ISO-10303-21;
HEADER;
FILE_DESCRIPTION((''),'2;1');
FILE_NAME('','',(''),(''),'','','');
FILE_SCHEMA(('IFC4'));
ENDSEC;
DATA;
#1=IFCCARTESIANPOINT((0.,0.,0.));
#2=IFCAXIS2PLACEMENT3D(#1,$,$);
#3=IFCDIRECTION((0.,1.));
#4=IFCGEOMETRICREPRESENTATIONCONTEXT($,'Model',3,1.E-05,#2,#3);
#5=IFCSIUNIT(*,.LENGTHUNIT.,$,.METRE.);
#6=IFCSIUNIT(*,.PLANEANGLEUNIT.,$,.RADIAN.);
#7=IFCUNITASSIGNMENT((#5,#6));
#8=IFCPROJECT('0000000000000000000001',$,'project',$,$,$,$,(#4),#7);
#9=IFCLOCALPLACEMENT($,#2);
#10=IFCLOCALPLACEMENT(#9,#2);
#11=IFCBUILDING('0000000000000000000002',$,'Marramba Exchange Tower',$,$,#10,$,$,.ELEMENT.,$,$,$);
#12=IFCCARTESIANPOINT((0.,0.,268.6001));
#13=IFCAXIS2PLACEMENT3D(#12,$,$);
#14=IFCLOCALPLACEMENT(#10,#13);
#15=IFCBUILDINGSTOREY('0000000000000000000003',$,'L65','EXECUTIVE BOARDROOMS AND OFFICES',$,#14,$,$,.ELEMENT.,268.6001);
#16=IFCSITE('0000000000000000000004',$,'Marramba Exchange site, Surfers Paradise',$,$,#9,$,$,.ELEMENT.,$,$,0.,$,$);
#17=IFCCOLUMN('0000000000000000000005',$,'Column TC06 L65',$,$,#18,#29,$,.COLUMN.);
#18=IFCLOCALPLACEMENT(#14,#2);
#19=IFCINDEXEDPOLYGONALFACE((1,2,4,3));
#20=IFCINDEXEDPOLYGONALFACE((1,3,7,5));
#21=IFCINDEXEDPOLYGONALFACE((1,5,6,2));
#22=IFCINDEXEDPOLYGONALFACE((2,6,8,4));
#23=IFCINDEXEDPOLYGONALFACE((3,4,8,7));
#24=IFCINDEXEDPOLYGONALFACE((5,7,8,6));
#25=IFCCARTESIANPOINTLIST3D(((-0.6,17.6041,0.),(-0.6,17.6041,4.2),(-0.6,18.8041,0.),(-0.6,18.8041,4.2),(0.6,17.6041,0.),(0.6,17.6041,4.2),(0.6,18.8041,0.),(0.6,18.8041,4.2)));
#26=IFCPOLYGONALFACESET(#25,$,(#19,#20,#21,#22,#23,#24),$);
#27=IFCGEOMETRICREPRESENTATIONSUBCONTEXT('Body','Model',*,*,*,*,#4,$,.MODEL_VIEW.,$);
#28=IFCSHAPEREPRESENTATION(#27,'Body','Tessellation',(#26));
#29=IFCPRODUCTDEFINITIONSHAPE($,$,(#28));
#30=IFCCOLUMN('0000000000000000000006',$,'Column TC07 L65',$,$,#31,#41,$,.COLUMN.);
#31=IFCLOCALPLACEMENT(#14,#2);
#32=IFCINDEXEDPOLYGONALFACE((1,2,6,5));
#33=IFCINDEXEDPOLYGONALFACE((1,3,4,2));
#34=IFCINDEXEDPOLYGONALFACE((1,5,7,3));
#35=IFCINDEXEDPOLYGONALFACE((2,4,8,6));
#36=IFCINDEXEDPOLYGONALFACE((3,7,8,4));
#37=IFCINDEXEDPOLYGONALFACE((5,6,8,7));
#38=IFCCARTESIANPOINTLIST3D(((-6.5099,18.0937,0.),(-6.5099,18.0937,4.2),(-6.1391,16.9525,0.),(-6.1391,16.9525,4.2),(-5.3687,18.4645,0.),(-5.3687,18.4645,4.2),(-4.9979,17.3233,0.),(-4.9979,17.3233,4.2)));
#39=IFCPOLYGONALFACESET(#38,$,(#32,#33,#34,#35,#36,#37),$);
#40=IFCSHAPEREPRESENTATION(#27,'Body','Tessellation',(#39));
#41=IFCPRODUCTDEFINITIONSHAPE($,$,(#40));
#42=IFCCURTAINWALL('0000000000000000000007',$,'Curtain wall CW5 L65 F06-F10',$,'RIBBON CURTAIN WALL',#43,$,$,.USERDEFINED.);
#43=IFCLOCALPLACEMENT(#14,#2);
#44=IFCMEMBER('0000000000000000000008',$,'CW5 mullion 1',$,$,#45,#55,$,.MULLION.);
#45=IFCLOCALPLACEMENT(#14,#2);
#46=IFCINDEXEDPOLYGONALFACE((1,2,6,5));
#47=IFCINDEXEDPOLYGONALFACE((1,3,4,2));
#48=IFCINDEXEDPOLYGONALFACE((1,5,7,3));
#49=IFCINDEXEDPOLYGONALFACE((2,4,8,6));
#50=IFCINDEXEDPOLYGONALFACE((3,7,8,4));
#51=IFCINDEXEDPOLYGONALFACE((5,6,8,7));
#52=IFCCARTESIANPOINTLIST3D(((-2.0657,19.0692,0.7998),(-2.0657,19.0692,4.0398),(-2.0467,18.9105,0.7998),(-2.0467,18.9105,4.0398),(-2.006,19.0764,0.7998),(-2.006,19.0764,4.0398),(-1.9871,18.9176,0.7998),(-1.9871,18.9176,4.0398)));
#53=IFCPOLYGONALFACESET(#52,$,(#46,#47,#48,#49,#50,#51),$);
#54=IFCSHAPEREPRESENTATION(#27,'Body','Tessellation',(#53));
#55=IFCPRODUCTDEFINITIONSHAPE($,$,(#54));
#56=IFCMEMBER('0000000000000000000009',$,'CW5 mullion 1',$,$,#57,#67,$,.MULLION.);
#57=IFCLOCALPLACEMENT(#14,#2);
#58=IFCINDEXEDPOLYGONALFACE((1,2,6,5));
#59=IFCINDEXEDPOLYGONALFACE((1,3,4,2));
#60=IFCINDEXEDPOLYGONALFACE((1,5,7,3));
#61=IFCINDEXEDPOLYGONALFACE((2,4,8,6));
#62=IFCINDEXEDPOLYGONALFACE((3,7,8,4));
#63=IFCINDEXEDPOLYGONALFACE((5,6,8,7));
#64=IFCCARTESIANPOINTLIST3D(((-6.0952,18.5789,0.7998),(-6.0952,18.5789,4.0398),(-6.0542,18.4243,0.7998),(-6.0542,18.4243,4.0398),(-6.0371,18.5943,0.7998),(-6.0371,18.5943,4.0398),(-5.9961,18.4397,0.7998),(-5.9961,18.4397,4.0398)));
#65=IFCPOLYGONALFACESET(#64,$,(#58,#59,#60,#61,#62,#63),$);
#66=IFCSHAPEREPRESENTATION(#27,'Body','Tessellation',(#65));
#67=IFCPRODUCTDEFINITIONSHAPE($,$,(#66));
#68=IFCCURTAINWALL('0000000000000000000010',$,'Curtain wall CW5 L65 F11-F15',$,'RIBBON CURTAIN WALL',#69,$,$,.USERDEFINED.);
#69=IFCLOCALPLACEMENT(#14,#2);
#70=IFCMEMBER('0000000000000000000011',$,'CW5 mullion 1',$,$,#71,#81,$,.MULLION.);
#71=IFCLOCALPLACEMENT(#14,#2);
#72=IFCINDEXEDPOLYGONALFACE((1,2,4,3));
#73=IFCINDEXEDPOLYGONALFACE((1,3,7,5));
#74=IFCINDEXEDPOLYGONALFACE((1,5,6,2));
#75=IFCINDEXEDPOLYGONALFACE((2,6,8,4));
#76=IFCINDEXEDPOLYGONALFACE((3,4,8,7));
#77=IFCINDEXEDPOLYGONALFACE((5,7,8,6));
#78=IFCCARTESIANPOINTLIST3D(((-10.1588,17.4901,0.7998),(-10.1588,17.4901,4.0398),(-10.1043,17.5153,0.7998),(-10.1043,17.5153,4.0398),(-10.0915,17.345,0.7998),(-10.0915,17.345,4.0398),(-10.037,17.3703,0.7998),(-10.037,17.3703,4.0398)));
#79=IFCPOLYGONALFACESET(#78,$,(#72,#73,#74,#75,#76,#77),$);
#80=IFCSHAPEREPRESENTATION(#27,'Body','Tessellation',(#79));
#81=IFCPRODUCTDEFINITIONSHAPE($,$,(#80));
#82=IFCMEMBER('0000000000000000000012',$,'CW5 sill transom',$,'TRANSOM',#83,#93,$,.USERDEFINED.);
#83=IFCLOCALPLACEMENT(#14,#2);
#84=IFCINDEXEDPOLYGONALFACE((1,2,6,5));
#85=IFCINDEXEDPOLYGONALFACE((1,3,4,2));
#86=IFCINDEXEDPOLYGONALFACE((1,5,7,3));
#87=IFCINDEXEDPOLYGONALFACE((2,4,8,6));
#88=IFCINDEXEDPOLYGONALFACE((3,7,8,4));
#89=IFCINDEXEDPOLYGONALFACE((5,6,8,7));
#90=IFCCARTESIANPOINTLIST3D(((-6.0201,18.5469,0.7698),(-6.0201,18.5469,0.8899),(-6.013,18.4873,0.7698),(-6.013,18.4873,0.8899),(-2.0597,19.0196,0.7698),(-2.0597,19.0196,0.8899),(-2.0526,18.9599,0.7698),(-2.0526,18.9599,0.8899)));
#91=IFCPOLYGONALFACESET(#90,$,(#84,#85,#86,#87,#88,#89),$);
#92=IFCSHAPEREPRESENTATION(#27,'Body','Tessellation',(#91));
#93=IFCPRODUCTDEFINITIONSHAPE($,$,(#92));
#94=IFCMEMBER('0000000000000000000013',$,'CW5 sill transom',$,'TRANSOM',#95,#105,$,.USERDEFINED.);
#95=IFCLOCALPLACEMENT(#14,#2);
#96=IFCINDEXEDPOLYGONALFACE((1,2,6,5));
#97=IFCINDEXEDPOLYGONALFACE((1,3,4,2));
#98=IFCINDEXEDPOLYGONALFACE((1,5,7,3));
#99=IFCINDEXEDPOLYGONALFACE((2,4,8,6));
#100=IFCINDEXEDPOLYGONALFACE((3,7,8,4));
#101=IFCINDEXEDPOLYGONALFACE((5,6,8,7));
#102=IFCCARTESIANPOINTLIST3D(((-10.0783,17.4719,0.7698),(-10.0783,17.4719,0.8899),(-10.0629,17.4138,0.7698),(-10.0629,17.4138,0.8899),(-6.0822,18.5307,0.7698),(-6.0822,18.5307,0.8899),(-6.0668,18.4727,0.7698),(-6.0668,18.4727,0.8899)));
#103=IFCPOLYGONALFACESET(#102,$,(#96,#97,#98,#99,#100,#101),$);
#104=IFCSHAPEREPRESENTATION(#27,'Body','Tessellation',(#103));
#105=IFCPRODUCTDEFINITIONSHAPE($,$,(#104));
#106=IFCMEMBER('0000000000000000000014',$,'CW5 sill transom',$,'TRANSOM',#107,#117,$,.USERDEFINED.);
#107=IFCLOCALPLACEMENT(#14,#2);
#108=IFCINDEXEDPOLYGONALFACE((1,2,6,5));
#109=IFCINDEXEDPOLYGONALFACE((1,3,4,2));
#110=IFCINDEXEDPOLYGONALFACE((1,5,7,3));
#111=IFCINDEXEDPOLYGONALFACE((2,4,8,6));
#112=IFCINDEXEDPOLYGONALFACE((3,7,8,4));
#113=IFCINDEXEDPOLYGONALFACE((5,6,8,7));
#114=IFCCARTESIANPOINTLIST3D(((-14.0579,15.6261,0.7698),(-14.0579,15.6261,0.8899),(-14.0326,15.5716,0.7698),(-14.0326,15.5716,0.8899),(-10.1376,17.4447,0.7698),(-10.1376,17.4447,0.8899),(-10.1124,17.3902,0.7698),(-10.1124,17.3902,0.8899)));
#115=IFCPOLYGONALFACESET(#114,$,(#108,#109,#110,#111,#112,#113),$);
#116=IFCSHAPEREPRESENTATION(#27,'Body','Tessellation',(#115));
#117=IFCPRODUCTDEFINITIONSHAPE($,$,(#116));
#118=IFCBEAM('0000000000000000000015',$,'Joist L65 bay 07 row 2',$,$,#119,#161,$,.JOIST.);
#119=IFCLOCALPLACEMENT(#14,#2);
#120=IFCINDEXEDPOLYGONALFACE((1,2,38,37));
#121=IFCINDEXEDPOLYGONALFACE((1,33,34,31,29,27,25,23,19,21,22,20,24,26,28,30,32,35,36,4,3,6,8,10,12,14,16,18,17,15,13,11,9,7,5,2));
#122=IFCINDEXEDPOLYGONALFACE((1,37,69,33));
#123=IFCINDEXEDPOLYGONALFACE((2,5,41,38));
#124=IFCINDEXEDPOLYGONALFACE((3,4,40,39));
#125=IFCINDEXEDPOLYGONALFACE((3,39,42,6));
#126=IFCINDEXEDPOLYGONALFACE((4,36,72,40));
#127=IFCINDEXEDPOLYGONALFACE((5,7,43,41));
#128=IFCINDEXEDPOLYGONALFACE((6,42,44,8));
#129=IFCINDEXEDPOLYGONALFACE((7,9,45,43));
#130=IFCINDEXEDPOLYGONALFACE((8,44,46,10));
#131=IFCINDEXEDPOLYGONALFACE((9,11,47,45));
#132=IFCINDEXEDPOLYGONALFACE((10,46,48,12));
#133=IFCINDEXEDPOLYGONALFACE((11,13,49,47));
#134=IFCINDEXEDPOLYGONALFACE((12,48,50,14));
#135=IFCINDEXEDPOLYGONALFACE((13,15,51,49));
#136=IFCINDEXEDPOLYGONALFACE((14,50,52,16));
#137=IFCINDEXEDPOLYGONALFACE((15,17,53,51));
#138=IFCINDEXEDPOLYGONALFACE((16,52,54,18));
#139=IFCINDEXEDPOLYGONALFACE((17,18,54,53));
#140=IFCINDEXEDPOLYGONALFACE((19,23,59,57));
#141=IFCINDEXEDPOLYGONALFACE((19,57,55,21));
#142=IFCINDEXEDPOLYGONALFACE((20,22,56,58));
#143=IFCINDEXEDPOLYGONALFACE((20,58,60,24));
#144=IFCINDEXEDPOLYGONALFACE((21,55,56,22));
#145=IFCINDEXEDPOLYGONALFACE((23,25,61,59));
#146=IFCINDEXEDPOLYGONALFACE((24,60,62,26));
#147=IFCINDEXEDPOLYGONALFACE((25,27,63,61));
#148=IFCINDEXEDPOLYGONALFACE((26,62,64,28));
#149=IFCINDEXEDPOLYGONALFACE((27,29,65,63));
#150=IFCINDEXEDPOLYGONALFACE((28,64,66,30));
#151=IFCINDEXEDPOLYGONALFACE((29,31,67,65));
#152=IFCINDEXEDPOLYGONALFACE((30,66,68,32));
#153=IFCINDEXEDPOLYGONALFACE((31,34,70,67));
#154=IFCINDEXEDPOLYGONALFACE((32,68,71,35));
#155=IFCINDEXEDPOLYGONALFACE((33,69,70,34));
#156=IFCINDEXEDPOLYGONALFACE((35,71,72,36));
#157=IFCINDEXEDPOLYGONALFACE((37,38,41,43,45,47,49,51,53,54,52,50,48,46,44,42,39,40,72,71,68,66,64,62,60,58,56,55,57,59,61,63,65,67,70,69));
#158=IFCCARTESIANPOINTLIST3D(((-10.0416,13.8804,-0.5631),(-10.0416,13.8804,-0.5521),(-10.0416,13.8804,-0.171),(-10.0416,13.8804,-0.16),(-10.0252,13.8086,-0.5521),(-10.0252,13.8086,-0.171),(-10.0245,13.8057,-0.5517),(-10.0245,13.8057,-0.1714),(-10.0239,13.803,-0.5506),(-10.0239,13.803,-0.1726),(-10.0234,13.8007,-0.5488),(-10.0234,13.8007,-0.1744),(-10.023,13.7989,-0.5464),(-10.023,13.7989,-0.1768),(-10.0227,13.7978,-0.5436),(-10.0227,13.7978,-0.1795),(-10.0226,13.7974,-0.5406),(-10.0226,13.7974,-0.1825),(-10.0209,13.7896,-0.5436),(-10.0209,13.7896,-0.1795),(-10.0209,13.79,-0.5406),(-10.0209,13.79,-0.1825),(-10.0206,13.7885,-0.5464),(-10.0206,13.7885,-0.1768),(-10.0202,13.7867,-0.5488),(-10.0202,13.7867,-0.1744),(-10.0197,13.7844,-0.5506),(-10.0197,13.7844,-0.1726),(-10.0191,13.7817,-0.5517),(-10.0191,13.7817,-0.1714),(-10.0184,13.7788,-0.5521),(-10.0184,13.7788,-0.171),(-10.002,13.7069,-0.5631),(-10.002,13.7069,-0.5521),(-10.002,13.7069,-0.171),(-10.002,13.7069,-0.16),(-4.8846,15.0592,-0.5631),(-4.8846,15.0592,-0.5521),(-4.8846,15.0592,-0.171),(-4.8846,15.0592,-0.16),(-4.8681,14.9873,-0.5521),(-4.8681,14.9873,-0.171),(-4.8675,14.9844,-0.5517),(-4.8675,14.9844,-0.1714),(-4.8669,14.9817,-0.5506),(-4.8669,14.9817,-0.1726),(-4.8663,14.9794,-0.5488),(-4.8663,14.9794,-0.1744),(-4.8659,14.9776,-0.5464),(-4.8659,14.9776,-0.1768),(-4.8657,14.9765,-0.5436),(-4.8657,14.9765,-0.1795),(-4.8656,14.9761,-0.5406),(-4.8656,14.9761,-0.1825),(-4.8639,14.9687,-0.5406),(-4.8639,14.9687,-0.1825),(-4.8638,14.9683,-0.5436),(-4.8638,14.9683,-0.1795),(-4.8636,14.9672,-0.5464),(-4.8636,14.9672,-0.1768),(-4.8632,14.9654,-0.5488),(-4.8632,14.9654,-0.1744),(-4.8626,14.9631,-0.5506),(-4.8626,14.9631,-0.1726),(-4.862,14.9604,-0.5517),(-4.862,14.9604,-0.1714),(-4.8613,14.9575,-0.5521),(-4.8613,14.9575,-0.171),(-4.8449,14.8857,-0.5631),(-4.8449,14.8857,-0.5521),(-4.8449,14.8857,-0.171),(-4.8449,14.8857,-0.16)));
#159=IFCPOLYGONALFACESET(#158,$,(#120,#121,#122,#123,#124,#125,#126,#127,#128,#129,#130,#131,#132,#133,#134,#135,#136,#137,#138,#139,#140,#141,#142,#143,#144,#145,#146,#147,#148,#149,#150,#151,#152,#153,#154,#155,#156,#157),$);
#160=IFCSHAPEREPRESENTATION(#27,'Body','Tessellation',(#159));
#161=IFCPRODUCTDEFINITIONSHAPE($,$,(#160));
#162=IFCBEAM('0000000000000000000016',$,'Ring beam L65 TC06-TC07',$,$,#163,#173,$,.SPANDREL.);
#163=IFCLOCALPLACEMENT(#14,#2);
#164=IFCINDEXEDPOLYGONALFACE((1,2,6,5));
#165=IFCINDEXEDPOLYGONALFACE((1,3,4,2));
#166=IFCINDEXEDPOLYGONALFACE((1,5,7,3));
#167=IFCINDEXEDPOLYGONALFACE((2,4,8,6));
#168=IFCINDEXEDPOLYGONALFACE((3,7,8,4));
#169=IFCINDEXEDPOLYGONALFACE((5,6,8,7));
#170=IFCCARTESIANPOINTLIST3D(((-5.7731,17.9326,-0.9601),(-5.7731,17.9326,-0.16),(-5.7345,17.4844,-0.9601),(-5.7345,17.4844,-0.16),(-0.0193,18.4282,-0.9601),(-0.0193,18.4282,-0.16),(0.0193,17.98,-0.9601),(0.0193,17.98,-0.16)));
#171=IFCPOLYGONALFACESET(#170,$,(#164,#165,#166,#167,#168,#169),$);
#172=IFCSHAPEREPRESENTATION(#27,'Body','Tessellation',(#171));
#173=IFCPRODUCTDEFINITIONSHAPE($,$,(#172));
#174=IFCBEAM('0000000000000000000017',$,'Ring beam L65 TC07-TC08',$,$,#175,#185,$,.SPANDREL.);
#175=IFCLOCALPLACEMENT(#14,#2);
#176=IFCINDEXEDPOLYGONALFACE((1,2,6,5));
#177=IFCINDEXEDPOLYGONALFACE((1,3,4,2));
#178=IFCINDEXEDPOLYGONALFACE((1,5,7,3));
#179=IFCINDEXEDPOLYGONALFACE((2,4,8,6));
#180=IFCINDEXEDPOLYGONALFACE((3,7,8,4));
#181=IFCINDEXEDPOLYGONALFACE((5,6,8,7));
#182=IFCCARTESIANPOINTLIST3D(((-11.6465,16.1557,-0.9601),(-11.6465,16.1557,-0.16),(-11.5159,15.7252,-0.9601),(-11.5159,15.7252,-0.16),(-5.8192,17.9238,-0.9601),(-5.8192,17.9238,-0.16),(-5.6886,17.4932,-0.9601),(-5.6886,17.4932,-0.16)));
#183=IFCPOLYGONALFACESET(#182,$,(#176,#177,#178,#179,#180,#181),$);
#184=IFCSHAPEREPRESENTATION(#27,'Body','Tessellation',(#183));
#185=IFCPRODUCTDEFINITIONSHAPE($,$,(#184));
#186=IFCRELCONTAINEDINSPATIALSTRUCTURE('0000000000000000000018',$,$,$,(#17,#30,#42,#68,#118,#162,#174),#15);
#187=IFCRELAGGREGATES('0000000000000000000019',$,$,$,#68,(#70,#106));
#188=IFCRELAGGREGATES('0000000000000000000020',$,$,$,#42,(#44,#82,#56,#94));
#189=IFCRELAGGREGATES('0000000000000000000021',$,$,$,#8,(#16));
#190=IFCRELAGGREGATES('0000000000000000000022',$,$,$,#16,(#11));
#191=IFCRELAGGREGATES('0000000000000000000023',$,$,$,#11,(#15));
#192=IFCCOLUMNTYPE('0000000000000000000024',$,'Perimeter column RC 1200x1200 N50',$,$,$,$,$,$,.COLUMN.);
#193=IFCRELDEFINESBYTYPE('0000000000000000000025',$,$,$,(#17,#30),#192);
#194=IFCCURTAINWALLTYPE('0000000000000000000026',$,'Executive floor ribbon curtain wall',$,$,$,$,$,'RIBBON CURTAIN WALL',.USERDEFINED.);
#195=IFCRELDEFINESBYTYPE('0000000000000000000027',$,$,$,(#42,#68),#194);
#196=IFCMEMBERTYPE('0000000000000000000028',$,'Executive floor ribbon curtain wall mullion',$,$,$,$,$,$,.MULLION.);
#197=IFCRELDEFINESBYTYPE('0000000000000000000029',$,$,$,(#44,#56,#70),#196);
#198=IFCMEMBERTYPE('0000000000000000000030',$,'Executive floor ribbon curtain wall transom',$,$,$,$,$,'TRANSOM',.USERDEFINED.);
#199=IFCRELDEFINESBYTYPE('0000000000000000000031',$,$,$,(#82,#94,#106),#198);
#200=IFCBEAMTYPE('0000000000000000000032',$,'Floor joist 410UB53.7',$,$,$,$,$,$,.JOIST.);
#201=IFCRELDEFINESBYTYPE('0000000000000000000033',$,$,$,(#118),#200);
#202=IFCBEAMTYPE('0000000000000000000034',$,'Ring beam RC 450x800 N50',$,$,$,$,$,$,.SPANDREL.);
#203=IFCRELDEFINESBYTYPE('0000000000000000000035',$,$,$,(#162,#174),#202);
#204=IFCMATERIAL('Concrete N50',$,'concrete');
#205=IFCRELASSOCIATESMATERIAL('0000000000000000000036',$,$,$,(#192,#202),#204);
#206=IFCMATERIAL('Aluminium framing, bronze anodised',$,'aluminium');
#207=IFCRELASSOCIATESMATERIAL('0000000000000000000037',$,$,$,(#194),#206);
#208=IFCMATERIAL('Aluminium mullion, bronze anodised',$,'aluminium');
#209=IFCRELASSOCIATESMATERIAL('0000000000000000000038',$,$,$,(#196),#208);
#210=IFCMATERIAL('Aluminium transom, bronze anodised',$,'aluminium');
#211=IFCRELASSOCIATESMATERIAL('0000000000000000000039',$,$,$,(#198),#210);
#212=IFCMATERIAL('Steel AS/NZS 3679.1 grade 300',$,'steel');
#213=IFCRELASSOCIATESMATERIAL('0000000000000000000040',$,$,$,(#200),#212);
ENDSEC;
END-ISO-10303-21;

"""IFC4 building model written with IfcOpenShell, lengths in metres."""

from ifc_helpers import new_model, si_unit, direction, frame, origin, origin_2d, place, context, subcontext, project, spatial, rectangle, i_section, extrude, material, material_profile, profile_set, type_object, element, aggregate, save


model = new_model("IFC4")

# Units and contexts
model_context = context("Model", 3, precision=1e-05, world=origin(), true_north=direction((0.0, 1.0)))
body_context = subcontext(model_context, "Body", "Model", "MODEL_VIEW")
ifc_project = project(units=[si_unit("LENGTHUNIT", "METRE"), si_unit("PLANEANGLEUNIT", "RADIAN")], contexts=[model_context])

# Site, building, storey
site_placement = place(None, origin())
site = spatial("IfcSite", under=ifc_project, at=site_placement, Name="Marramba Exchange site, Surfers Paradise", CompositionType="ELEMENT", RefElevation=0.0)
building_placement = place(site_placement, origin())
building = spatial("IfcBuilding", under=site, at=building_placement, Name="Marramba Exchange Tower", CompositionType="ELEMENT")
storey_placement = place(building_placement, frame((0.0, 0.0, 268.6001)))
storey = spatial("IfcBuildingStorey", under=building, at=storey_placement, Name="L65", Description="EXECUTIVE BOARDROOMS AND OFFICES", CompositionType="ELEMENT", Elevation=268.6001)

# Columns
ifc_material_1 = material(Name="Concrete N50", Category="concrete")
ifc_material_profile_1 = material_profile(ifc_material_1, rectangle(XDim=1.2, YDim=1.2, at=origin_2d()), Name="RC 1200x1200")
ifc_profile_set_1 = profile_set([ifc_material_profile_1], Name="Concrete N50")
column_type = type_object("IfcColumnType", Name="Perimeter column RC 1200x1200 N50", PredefinedType="COLUMN", material=ifc_profile_set_1)
for number, where, z_axis, x_axis, name in (
    (1, (0.0, 18.2041, 0.0), (0.0, 0.0, 1.0), (0.0, 1.0, 0.0), "Column TC06 L65"),
    (2, (-5.7539, 17.7085, 0.0), (0.0, 0.0, 1.0), (-0.309017, 0.951057, 0.0), "Column TC07 L65"),
):
    element("IfcColumn", number, at=place(storey_placement, frame(where, z_axis=z_axis, x_axis=x_axis)), inside=storey, type_object=column_type, Name=name, PredefinedType="COLUMN", context=body_context, shape_type="SweptSolid", body=[
        extrude(rectangle(XDim=1.2, YDim=1.2, at=origin_2d()), origin(), (0.0, 0.0, 1.0), 4.2),
    ])

# Curtain wall, members
ifc_material_2 = material(Name="Aluminium framing, bronze anodised", Category="aluminium")
curtain_wall_type = type_object("IfcCurtainWallType", Name="Executive floor ribbon curtain wall", ElementType="RIBBON CURTAIN WALL", PredefinedType="USERDEFINED", material=ifc_material_2)
curtain_wall_1_placement = place(storey_placement, origin())
curtain_wall_1 = element("IfcCurtainWall", 3, at=curtain_wall_1_placement, inside=storey, type_object=curtain_wall_type, Name="Curtain wall CW5 L65 F06-F10", ObjectType="RIBBON CURTAIN WALL", PredefinedType="USERDEFINED")
ifc_material_3 = material(Name="Aluminium mullion, bronze anodised", Category="aluminium")
ifc_material_profile_2 = material_profile(ifc_material_3, rectangle(XDim=0.1599, YDim=0.0601, at=origin_2d()), Name="CW5 mullion 60x160")
ifc_profile_set_2 = profile_set([ifc_material_profile_2], Name="Aluminium mullion, bronze anodised")
member_type_1 = type_object("IfcMemberType", Name="Executive floor ribbon curtain wall mullion", PredefinedType="MULLION", material=ifc_profile_set_2)
member_1_placement = place(storey_placement, frame((-2.0264, 18.9934, 0.7998), z_axis=(0.0, 0.0, 1.0), x_axis=(0.118557, -0.992947, 0.0)))
member_1 = element("IfcMember", 4, at=member_1_placement, type_object=member_type_1, Name="CW5 mullion 1", PredefinedType="MULLION", context=body_context, shape_type="SweptSolid", body=[
    extrude(rectangle(XDim=0.1599, YDim=0.0601, at=origin_2d()), origin(), (0.0, 0.0, 1.0), 3.24),
])
member_2_placement = place(storey_placement, frame((-6.0457, 18.5093, 0.7998), z_axis=(0.0, 0.0, 1.0), x_axis=(0.256126, -0.966644, 0.0)))
member_2 = element("IfcMember", 5, at=member_2_placement, type_object=member_type_1, Name="CW5 mullion 1", PredefinedType="MULLION", context=body_context, shape_type="SweptSolid", body=[
    extrude(rectangle(XDim=0.1599, YDim=0.0601, at=origin_2d()), origin(), (0.0, 0.0, 1.0), 3.24),
])

# Curtain wall, member
curtain_wall_2_placement = place(storey_placement, origin())
curtain_wall_2 = element("IfcCurtainWall", 6, at=curtain_wall_2_placement, inside=storey, type_object=curtain_wall_type, Name="Curtain wall CW5 L65 F11-F15", ObjectType="RIBBON CURTAIN WALL", PredefinedType="USERDEFINED")
member_3_placement = place(storey_placement, frame((-10.0979, 17.4302, 0.7998), z_axis=(0.0, 0.0, 1.0), x_axis=(0.420849, -0.907131, 0.0)))
member_3 = element("IfcMember", 7, at=member_3_placement, type_object=member_type_1, Name="CW5 mullion 1", PredefinedType="MULLION", context=body_context, shape_type="SweptSolid", body=[
    extrude(rectangle(XDim=0.1599, YDim=0.0601, at=origin_2d()), origin(), (0.0, 0.0, 1.0), 3.24),
])

# Members
ifc_material_4 = material(Name="Aluminium transom, bronze anodised", Category="aluminium")
ifc_material_profile_3 = material_profile(ifc_material_4, rectangle(XDim=0.0601, YDim=0.1201, at=origin_2d()), Name="CW5 transom 60x120")
ifc_profile_set_3 = profile_set([ifc_material_profile_3], Name="Aluminium transom, bronze anodised")
member_type_2 = type_object("IfcMemberType", Name="Executive floor ribbon curtain wall transom", ElementType="TRANSOM", PredefinedType="USERDEFINED", material=ifc_profile_set_3)
member_4_placement = place(storey_placement, frame((-2.0562, 18.9897, 0.8298), z_axis=(-0.992954, -0.118503, 0.0), x_axis=(0.118503, -0.992954, 0.0)))
member_4 = element("IfcMember", 8, at=member_4_placement, type_object=member_type_2, Name="CW5 sill transom", ObjectType="TRANSOM", PredefinedType="USERDEFINED", context=body_context, shape_type="SweptSolid", body=[
    extrude(rectangle(XDim=0.0601, YDim=0.1201, at=origin_2d()), origin(), (0.0, 0.0, 1.0), 3.9885),
])
member_5_placement = place(storey_placement, frame((-6.0745, 18.5017, 0.8298), z_axis=(-0.966642, -0.25613, 0.0), x_axis=(0.25613, -0.966642, 0.0)))
member_5 = element("IfcMember", 9, at=member_5_placement, type_object=member_type_2, Name="CW5 sill transom", ObjectType="TRANSOM", PredefinedType="USERDEFINED", context=body_context, shape_type="SweptSolid", body=[
    extrude(rectangle(XDim=0.0601, YDim=0.1201, at=origin_2d()), origin(), (0.0, 0.0, 1.0), 4.134),
])
member_6_placement = place(storey_placement, frame((-10.125, 17.4175, 0.8298), z_axis=(-0.907139, -0.420831, 0.0), x_axis=(0.420831, -0.907139, 0.0)))
member_6 = element("IfcMember", 10, at=member_6_placement, type_object=member_type_2, Name="CW5 sill transom", ObjectType="TRANSOM", PredefinedType="USERDEFINED", context=body_context, shape_type="SweptSolid", body=[
    extrude(rectangle(XDim=0.0601, YDim=0.1201, at=origin_2d()), origin(), (0.0, 0.0, 1.0), 4.3215),
])
aggregate(curtain_wall_2, [member_3, member_6])

# Beams
ifc_material_5 = material(Name="Steel AS/NZS 3679.1 grade 300", Category="steel")
ifc_material_profile_4 = material_profile(ifc_material_5, i_section(OverallWidth=0.178, OverallDepth=0.4031, WebThickness=0.0076, FlangeThickness=0.011, FilletRadius=0.0115, at=origin_2d()), Name="410UB53.7")
ifc_profile_set_4 = profile_set([ifc_material_profile_4], Name="Steel AS/NZS 3679.1 grade 300")
beam_type_1 = type_object("IfcBeamType", Name="Floor joist 410UB53.7", PredefinedType="JOIST", material=ifc_profile_set_4)
beam_1_placement = place(storey_placement, frame((-4.8647, 14.9724, -0.3616), z_axis=(-0.97486, -0.22282, 0.0), x_axis=(0.22282, -0.97486, 0.0)))
element("IfcBeam", 11, at=beam_1_placement, inside=storey, type_object=beam_type_1, Name="Joist L65 bay 07 row 2", PredefinedType="JOIST", context=body_context, shape_type="SweptSolid", body=[
    extrude(i_section(OverallWidth=0.178, OverallDepth=0.4031, WebThickness=0.0076, FlangeThickness=0.011, FilletRadius=0.0115, at=origin_2d()), origin(), (0.0, 0.0, 1.0), 5.29),
])
ifc_material_profile_5 = material_profile(ifc_material_1, rectangle(XDim=0.45, YDim=0.8, at=origin_2d()), Name="RC 450x800")
ifc_profile_set_5 = profile_set([ifc_material_profile_5], Name="Concrete N50")
beam_type_2 = type_object("IfcBeamType", Name="Ring beam RC 450x800 N50", PredefinedType="SPANDREL", material=ifc_profile_set_5)
beam_2_placement = place(storey_placement, frame((0.0, 18.2041, -0.5601), z_axis=(-0.996311, -0.085816, 0.0), x_axis=(0.085816, -0.996311, 0.0)))
element("IfcBeam", 12, at=beam_2_placement, inside=storey, type_object=beam_type_2, Name="Ring beam L65 TC06-TC07", PredefinedType="SPANDREL", context=body_context, shape_type="SweptSolid", body=[
    extrude(rectangle(XDim=0.45, YDim=0.8, at=origin_2d()), origin(), (0.0, 0.0, 1.0), 5.7751),
])
beam_3_placement = place(storey_placement, frame((-5.7539, 17.7085, -0.5601), z_axis=(-0.956925, -0.290337, 0.0), x_axis=(0.290337, -0.956925, 0.0)))
element("IfcBeam", 13, at=beam_3_placement, inside=storey, type_object=beam_type_2, Name="Ring beam L65 TC07-TC08", PredefinedType="SPANDREL", context=body_context, shape_type="SweptSolid", body=[
    extrude(rectangle(XDim=0.45, YDim=0.8, at=origin_2d()), origin(), (0.0, 0.0, 1.0), 6.0896),
])

aggregate(curtain_wall_1, [member_1, member_4, member_2, member_5])

save(model, "model.ifc")
